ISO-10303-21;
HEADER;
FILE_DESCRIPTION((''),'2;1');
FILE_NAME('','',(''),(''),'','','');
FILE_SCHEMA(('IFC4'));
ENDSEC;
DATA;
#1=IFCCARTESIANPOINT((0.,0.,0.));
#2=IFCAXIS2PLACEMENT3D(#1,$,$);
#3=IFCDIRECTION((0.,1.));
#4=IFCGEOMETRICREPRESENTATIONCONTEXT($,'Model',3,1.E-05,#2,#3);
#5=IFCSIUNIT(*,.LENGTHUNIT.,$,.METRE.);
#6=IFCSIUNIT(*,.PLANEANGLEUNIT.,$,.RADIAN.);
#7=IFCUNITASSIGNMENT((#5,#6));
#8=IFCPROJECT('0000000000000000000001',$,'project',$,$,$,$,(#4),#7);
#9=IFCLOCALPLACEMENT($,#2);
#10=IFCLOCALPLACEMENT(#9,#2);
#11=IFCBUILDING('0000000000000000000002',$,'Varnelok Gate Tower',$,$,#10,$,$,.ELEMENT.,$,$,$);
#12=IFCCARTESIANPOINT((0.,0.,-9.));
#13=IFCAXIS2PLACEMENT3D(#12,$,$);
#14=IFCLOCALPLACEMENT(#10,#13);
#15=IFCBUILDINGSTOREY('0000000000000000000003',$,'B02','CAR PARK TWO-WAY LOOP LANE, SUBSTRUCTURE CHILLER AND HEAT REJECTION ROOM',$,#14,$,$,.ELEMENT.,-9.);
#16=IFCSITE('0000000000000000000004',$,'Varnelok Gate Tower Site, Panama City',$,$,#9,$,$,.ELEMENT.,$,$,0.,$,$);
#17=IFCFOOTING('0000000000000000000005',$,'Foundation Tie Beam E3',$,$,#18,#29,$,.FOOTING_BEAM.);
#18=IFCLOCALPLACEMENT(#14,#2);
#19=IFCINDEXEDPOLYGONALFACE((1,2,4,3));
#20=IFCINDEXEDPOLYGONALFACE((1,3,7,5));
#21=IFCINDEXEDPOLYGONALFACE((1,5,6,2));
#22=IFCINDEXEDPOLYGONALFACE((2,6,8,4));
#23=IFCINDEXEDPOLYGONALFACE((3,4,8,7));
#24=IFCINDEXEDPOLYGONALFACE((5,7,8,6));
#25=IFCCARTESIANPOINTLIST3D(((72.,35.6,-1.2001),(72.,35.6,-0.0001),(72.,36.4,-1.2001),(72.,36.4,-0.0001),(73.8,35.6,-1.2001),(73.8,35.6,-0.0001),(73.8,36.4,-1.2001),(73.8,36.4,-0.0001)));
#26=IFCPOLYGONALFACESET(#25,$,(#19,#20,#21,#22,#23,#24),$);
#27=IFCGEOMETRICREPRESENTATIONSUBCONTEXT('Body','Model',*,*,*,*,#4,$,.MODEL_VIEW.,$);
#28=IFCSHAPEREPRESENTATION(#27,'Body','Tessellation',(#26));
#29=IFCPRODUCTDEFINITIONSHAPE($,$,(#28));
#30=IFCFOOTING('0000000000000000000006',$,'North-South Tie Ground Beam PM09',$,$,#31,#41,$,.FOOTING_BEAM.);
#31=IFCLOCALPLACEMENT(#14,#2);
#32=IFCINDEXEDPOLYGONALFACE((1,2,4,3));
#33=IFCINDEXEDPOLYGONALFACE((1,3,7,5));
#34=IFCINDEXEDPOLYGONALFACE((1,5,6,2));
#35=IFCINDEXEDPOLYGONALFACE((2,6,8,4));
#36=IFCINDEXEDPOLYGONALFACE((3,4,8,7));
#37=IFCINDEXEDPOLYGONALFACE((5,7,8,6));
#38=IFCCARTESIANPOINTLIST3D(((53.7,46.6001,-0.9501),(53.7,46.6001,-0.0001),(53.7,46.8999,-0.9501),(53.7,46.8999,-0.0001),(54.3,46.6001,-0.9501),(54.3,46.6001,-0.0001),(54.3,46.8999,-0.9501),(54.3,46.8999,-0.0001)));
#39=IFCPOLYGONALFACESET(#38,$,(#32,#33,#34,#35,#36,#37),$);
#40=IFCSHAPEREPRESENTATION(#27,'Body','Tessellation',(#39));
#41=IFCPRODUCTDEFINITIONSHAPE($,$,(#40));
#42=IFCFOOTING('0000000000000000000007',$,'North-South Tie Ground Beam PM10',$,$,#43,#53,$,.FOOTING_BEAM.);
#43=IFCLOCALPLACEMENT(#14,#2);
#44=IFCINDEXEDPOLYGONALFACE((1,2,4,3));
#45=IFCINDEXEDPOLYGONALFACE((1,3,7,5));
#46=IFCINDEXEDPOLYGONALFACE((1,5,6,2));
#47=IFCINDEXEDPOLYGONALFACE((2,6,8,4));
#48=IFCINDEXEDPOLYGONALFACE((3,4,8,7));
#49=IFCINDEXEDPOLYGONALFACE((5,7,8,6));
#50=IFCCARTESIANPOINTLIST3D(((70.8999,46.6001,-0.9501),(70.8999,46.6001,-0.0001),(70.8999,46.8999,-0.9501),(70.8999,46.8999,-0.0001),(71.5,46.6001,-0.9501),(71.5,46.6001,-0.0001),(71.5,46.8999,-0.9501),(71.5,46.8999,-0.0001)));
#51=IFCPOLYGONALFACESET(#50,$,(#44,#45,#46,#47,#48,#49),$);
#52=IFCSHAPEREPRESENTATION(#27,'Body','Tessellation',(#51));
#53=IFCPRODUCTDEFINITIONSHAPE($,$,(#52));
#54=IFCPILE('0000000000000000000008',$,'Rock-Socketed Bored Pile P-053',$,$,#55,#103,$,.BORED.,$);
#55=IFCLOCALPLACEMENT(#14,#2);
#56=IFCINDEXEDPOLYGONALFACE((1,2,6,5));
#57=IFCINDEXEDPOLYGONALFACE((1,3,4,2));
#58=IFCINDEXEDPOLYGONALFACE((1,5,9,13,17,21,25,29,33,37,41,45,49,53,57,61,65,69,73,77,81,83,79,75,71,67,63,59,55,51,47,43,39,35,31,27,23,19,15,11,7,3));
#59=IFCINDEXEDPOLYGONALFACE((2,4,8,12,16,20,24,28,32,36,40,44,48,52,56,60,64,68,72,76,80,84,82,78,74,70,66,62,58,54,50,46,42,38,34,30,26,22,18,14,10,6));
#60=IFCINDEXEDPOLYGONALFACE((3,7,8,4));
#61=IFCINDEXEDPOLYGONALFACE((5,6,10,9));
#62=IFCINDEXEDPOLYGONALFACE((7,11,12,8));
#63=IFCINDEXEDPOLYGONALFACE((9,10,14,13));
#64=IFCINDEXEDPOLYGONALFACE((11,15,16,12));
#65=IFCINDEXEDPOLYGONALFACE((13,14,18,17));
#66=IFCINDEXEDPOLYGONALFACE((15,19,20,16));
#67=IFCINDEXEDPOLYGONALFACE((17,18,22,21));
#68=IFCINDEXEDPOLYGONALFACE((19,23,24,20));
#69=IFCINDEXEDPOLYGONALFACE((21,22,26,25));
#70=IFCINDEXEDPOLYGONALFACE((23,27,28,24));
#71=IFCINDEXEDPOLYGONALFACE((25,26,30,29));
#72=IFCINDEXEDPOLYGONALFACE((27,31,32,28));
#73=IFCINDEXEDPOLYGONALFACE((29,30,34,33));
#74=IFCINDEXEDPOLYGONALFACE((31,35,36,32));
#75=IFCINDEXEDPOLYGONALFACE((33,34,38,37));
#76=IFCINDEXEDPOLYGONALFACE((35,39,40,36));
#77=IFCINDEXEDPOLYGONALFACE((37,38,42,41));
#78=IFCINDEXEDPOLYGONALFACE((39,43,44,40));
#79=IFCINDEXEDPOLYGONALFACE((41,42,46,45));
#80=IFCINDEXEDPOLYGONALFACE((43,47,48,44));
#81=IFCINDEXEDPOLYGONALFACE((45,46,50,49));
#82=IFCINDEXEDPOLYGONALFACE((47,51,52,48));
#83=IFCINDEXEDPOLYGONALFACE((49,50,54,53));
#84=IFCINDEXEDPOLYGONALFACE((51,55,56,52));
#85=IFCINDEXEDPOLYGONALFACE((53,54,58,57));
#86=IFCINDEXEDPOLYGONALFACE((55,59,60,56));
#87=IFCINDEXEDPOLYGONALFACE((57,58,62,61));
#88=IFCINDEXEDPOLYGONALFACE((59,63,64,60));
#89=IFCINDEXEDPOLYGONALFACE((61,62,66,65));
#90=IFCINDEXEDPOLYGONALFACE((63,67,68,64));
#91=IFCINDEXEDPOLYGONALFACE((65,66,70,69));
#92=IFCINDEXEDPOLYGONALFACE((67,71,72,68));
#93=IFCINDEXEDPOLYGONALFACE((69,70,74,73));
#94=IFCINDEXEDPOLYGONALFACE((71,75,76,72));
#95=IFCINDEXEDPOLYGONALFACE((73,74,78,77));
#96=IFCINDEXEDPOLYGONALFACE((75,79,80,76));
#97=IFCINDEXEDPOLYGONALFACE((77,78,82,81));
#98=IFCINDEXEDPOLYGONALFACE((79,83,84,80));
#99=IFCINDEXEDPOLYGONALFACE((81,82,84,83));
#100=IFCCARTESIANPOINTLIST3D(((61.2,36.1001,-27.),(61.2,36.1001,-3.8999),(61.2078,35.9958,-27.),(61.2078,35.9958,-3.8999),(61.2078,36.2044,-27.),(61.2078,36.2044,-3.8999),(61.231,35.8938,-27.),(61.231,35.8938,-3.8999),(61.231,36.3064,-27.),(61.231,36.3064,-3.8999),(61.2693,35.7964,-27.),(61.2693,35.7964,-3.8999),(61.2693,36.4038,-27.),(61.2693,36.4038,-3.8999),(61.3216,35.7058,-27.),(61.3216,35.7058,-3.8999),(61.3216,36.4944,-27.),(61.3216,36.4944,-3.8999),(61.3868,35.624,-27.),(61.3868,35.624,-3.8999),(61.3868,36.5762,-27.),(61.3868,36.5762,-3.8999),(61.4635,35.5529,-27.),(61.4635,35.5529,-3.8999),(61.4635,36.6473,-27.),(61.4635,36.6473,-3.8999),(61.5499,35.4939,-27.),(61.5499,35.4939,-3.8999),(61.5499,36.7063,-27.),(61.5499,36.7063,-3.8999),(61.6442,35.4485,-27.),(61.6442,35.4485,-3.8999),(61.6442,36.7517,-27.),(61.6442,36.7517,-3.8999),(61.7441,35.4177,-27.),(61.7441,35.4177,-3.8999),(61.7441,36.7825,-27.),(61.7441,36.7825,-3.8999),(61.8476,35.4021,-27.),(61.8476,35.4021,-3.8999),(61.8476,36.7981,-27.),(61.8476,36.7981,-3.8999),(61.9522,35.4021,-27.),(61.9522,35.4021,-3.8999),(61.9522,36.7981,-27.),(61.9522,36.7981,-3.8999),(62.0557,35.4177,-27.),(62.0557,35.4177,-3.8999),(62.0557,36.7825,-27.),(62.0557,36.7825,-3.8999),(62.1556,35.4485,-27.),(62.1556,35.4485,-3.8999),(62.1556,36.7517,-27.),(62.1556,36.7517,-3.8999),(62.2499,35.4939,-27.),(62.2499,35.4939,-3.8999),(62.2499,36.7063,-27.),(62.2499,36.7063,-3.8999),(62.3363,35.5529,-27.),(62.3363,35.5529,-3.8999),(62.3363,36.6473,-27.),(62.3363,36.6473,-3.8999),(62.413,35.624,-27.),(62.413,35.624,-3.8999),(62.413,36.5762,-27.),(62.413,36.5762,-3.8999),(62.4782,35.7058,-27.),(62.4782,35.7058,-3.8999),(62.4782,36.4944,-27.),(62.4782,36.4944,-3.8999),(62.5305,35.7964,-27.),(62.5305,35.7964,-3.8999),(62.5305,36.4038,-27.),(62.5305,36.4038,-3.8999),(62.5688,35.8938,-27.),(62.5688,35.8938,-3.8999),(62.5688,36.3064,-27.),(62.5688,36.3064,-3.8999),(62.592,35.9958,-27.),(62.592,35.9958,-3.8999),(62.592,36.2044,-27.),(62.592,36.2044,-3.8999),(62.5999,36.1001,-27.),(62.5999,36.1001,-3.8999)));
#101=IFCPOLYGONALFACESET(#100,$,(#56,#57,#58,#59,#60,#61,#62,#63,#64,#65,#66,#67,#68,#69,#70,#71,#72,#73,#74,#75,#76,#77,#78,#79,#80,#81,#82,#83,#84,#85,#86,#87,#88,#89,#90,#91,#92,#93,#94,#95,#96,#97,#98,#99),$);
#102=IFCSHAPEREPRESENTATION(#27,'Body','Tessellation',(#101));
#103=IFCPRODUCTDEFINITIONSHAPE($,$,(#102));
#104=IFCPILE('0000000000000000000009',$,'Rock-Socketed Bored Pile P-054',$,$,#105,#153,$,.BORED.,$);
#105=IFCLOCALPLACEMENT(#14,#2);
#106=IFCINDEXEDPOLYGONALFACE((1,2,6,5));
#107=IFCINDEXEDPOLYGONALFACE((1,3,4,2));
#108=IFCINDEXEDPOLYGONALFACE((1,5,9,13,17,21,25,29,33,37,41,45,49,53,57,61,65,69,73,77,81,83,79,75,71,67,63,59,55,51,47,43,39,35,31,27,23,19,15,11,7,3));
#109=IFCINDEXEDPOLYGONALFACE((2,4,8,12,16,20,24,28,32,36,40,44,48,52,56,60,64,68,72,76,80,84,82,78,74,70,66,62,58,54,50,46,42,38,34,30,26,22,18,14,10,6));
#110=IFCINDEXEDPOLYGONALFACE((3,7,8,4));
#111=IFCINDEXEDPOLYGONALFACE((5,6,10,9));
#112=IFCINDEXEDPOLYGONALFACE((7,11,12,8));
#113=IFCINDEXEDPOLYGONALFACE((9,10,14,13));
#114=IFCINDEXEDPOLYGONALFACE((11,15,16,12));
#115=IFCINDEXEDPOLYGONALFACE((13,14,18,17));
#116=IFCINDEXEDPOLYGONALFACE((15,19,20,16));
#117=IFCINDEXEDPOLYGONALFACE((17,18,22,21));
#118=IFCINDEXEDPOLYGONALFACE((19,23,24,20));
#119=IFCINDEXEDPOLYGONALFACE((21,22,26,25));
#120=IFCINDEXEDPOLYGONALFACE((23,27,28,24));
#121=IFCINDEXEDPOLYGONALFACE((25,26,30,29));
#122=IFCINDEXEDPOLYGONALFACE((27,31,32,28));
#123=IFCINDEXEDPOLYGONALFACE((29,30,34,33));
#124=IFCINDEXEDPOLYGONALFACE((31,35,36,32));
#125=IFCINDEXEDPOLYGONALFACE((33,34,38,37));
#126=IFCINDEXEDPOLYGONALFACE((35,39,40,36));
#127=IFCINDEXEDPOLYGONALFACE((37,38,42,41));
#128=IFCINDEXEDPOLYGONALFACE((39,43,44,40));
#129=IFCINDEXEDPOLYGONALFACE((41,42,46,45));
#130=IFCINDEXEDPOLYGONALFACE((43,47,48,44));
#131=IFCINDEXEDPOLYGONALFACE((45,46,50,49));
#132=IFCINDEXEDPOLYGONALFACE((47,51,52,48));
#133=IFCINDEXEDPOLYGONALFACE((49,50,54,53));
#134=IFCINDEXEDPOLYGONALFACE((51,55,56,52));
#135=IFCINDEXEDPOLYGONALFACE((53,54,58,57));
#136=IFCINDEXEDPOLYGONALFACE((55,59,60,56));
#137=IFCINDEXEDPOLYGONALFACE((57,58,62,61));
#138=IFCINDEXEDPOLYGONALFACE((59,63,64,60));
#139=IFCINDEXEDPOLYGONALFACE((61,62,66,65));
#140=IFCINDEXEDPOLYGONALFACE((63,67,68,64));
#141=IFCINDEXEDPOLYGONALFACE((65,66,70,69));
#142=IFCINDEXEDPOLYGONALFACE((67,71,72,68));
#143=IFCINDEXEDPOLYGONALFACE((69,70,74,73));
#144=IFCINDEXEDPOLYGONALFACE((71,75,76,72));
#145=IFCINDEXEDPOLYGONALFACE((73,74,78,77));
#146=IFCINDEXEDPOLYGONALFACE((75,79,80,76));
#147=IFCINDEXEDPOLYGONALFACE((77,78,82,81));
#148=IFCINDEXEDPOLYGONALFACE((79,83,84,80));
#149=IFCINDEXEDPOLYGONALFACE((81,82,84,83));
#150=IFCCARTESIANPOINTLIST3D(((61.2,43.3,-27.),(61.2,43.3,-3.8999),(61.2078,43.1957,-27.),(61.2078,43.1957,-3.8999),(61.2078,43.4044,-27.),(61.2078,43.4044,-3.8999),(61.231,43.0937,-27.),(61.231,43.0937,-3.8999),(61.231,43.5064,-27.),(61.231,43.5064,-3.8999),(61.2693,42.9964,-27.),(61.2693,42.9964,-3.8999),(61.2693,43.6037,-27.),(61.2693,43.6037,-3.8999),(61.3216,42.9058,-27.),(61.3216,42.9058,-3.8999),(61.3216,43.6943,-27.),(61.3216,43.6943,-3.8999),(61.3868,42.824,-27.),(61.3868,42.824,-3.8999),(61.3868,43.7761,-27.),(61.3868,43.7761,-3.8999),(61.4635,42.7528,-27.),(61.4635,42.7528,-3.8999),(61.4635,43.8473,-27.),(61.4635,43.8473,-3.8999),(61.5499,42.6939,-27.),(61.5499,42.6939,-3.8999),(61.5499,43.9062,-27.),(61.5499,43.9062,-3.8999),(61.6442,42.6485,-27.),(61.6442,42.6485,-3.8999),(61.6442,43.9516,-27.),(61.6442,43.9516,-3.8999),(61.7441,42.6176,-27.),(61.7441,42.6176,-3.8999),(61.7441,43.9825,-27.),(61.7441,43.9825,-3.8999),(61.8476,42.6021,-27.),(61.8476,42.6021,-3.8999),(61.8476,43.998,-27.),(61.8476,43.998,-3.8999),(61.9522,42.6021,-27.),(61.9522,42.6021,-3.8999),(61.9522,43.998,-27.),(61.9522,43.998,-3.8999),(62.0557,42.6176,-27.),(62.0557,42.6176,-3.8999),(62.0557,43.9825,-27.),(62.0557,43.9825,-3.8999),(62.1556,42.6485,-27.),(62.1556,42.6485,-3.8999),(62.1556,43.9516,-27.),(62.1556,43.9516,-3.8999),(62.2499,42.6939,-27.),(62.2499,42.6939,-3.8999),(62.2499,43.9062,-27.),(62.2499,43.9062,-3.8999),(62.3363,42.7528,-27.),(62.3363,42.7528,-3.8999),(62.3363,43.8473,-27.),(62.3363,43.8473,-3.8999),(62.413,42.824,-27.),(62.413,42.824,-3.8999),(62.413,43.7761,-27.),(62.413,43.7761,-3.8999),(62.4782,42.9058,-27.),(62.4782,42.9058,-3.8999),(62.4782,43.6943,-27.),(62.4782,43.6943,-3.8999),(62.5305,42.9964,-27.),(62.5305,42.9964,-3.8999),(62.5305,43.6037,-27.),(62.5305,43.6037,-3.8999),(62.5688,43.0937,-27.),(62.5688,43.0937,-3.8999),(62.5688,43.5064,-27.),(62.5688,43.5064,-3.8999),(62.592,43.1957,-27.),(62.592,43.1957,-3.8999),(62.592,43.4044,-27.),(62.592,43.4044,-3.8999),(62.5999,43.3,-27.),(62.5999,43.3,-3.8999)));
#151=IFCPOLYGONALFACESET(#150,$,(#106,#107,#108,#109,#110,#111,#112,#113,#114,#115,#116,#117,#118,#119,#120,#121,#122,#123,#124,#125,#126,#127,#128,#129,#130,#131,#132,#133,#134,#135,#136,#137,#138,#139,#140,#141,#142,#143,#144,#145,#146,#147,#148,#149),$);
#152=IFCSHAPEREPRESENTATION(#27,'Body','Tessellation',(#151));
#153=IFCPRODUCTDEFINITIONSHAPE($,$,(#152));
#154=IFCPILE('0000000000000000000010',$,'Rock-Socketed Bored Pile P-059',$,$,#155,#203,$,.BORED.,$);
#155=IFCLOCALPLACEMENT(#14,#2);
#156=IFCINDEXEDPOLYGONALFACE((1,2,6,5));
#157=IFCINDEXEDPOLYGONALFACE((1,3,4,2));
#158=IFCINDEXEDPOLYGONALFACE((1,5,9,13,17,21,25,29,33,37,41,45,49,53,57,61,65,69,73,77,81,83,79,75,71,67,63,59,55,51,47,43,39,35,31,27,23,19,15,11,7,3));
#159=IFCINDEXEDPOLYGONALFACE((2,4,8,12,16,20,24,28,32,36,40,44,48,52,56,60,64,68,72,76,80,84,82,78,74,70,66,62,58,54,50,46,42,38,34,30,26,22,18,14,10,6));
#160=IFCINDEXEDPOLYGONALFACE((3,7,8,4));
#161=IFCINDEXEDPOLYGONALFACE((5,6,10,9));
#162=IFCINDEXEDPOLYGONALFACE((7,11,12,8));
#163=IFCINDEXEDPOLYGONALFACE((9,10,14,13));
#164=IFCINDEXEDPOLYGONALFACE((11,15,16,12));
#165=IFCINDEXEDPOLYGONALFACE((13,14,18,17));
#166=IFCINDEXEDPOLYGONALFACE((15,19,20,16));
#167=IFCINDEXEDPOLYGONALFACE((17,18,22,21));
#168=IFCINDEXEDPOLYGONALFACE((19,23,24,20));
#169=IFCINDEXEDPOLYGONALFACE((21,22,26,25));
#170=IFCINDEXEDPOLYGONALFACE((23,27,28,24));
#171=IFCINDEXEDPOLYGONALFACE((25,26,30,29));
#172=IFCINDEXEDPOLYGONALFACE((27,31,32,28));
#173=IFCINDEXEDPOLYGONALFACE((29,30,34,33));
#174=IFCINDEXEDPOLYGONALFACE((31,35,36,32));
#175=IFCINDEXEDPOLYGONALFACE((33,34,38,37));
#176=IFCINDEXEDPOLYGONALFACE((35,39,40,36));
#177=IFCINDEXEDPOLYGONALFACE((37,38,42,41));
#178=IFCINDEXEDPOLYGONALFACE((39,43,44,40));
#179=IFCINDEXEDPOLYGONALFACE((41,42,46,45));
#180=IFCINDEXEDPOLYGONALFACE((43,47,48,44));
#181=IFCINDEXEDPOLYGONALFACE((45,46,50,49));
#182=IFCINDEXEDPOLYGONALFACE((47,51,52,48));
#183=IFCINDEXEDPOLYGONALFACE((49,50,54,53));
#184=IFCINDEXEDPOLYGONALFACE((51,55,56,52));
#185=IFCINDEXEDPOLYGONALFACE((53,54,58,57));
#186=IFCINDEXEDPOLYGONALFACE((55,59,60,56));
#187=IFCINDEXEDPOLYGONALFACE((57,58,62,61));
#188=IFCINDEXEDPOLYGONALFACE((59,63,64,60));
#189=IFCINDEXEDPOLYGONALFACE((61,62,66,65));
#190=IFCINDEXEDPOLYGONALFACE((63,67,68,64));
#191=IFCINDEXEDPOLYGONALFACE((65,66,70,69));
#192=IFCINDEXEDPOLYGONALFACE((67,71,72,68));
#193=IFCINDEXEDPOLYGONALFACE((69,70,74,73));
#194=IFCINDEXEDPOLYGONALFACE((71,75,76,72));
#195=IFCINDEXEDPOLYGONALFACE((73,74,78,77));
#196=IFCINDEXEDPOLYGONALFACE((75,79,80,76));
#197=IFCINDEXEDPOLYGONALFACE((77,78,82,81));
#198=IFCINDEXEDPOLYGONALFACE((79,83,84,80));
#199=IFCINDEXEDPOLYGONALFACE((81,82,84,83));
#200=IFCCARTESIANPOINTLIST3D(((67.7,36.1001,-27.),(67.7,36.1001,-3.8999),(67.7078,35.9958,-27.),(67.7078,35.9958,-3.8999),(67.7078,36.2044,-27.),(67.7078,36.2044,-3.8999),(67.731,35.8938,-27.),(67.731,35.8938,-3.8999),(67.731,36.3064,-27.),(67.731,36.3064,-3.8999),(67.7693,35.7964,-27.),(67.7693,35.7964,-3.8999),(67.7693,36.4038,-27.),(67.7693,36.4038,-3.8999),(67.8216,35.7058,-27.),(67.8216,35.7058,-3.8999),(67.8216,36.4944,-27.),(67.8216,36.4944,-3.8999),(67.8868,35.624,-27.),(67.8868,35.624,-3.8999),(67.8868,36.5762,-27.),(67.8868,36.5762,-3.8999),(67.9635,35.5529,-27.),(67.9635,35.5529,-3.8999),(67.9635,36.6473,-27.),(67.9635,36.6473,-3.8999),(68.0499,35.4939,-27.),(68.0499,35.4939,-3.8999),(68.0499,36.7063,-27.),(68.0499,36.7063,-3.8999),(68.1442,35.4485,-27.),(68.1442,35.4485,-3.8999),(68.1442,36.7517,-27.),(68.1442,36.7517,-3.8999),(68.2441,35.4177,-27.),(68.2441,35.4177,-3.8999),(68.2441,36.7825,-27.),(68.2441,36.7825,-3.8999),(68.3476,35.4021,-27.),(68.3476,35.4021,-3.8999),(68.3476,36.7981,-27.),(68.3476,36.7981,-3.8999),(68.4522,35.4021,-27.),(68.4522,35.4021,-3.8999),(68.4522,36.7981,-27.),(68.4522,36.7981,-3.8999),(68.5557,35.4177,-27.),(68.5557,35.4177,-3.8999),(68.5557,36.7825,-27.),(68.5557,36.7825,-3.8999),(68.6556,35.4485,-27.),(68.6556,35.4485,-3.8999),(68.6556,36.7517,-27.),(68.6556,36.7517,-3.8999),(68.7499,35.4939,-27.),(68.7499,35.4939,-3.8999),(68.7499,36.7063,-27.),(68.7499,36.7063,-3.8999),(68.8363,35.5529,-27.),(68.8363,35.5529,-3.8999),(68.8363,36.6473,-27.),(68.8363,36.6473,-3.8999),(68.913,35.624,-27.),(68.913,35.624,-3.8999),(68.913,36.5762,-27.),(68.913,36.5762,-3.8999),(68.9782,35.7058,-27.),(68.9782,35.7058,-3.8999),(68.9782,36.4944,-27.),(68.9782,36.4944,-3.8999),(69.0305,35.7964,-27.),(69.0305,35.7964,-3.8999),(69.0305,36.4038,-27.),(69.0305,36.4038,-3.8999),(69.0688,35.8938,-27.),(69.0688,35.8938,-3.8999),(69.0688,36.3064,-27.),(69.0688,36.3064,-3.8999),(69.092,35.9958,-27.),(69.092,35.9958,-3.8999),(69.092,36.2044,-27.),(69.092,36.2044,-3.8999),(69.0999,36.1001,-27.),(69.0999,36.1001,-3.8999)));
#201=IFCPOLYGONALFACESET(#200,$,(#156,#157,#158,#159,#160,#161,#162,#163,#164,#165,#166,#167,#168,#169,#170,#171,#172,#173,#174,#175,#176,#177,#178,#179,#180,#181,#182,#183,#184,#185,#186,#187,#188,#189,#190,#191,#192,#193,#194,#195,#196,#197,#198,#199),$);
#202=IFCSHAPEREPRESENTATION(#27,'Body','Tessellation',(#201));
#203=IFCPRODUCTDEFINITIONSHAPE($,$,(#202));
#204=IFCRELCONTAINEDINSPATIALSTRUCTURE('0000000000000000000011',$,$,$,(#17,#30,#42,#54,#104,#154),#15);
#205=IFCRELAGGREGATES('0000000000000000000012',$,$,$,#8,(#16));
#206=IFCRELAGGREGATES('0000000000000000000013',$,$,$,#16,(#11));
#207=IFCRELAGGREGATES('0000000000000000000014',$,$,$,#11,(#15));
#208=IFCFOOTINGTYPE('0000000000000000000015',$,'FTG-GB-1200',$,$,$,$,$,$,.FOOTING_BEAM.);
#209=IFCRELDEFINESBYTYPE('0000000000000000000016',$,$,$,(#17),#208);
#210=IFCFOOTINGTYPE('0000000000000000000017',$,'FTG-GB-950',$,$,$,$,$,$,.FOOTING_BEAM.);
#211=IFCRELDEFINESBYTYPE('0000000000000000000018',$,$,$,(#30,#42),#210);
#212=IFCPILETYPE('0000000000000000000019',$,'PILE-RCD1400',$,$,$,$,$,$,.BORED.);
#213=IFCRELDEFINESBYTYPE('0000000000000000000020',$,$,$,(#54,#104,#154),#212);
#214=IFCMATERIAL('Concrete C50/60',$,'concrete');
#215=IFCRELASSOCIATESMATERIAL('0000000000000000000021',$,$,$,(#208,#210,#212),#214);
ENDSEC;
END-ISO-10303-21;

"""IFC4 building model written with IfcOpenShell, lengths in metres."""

from ifc_helpers import new_model, si_unit, direction, frame, origin, origin_2d, place, context, subcontext, project, spatial, rectangle, circle, extrude, material, material_profile, profile_set, type_object, element, save


model = new_model("IFC4")

# Units and contexts
model_context = context("Model", 3, precision=1e-05, world=origin(), true_north=direction((0.0, 1.0)))
body_context = subcontext(model_context, "Body", "Model", "MODEL_VIEW")
ifc_project = project(units=[si_unit("LENGTHUNIT", "METRE"), si_unit("PLANEANGLEUNIT", "RADIAN")], contexts=[model_context])

# Site, building, storey
site_placement = place(None, origin())
site = spatial("IfcSite", under=ifc_project, at=site_placement, Name="Varnelok Gate Tower Site, Panama City", CompositionType="ELEMENT", RefElevation=0.0)
building_placement = place(site_placement, origin())
building = spatial("IfcBuilding", under=site, at=building_placement, Name="Varnelok Gate Tower", CompositionType="ELEMENT")
storey_placement = place(building_placement, frame((0.0, 0.0, -9.0)))
storey = spatial("IfcBuildingStorey", under=building, at=storey_placement, Name="B02", Description="CAR PARK TWO-WAY LOOP LANE, SUBSTRUCTURE CHILLER AND HEAT REJECTION ROOM", CompositionType="ELEMENT", Elevation=-9.0)

# Footings
ifc_material_1 = material(Name="Concrete C50/60", Category="concrete")
ifc_material_profile_1 = material_profile(ifc_material_1, rectangle(XDim=0.8, YDim=1.2, at=origin_2d()), Name="RC1200X800")
ifc_profile_set_1 = profile_set([ifc_material_profile_1], Name="Concrete C50/60")
footing_type_1 = type_object("IfcFootingType", Name="FTG-GB-1200", PredefinedType="FOOTING_BEAM", material=ifc_profile_set_1)
footing_1_placement = place(storey_placement, frame((72.0, 36.0, -0.6001), z_axis=(1.0, 0.0, 0.0), x_axis=(0.0, 1.0, 0.0)))
element("IfcFooting", 1, at=footing_1_placement, inside=storey, type_object=footing_type_1, Name="Foundation Tie Beam E3", PredefinedType="FOOTING_BEAM", context=body_context, shape_type="SweptSolid", body=[
    extrude(rectangle(XDim=0.8, YDim=1.2, at=origin_2d()), origin(), (0.0, 0.0, 1.0), 1.8),
])
ifc_material_profile_2 = material_profile(ifc_material_1, rectangle(XDim=0.6001, YDim=0.95, at=origin_2d()), Name="RC950X600")
ifc_profile_set_2 = profile_set([ifc_material_profile_2], Name="Concrete C50/60")
footing_type_2 = type_object("IfcFootingType", Name="FTG-GB-950", PredefinedType="FOOTING_BEAM", material=ifc_profile_set_2)
for number, where, z_axis, x_axis, name in (
    (2, (54.0, 46.6001, -0.4751), (0.0, 1.0, 0.0), (-1.0, 0.0, 0.0), "North-South Tie Ground Beam PM09"),
    (3, (71.2, 46.6001, -0.4751), (0.0, 1.0, 0.0), (-1.0, 0.0, 0.0), "North-South Tie Ground Beam PM10"),
):
    element("IfcFooting", number, at=place(storey_placement, frame(where, z_axis=z_axis, x_axis=x_axis)), inside=storey, type_object=footing_type_2, Name=name, PredefinedType="FOOTING_BEAM", context=body_context, shape_type="SweptSolid", body=[
        extrude(rectangle(XDim=0.6001, YDim=0.95, at=origin_2d()), origin(), (0.0, 0.0, 1.0), 0.2998),
    ])

# Piles
ifc_material_profile_3 = material_profile(ifc_material_1, circle(Radius=0.7, at=origin_2d()), Name="RCD1400")
ifc_profile_set_3 = profile_set([ifc_material_profile_3], Name="Concrete C50/60")
pile_type_1 = type_object("IfcPileType", Name="PILE-RCD1400", PredefinedType="BORED", material=ifc_profile_set_3)
for number, where, z_axis, x_axis, name in (
    (4, (61.8999, 36.1001, -3.8999), (0.0, 0.0, -1.0), (1.0, 0.0, 0.0), "Rock-Socketed Bored Pile P-053"),
    (5, (61.8999, 43.3, -3.8999), (0.0, 0.0, -1.0), (1.0, 0.0, 0.0), "Rock-Socketed Bored Pile P-054"),
    (6, (68.3999, 36.1001, -3.8999), (0.0, 0.0, -1.0), (1.0, 0.0, 0.0), "Rock-Socketed Bored Pile P-059"),
):
    element("IfcPile", number, at=place(storey_placement, frame(where, z_axis=z_axis, x_axis=x_axis)), inside=storey, type_object=pile_type_1, Name=name, PredefinedType="BORED", context=body_context, shape_type="SweptSolid", body=[
        extrude(circle(Radius=0.7, at=origin_2d()), origin(), (0.0, 0.0, 1.0), 23.1001),
    ])

save(model, "model.ifc")
